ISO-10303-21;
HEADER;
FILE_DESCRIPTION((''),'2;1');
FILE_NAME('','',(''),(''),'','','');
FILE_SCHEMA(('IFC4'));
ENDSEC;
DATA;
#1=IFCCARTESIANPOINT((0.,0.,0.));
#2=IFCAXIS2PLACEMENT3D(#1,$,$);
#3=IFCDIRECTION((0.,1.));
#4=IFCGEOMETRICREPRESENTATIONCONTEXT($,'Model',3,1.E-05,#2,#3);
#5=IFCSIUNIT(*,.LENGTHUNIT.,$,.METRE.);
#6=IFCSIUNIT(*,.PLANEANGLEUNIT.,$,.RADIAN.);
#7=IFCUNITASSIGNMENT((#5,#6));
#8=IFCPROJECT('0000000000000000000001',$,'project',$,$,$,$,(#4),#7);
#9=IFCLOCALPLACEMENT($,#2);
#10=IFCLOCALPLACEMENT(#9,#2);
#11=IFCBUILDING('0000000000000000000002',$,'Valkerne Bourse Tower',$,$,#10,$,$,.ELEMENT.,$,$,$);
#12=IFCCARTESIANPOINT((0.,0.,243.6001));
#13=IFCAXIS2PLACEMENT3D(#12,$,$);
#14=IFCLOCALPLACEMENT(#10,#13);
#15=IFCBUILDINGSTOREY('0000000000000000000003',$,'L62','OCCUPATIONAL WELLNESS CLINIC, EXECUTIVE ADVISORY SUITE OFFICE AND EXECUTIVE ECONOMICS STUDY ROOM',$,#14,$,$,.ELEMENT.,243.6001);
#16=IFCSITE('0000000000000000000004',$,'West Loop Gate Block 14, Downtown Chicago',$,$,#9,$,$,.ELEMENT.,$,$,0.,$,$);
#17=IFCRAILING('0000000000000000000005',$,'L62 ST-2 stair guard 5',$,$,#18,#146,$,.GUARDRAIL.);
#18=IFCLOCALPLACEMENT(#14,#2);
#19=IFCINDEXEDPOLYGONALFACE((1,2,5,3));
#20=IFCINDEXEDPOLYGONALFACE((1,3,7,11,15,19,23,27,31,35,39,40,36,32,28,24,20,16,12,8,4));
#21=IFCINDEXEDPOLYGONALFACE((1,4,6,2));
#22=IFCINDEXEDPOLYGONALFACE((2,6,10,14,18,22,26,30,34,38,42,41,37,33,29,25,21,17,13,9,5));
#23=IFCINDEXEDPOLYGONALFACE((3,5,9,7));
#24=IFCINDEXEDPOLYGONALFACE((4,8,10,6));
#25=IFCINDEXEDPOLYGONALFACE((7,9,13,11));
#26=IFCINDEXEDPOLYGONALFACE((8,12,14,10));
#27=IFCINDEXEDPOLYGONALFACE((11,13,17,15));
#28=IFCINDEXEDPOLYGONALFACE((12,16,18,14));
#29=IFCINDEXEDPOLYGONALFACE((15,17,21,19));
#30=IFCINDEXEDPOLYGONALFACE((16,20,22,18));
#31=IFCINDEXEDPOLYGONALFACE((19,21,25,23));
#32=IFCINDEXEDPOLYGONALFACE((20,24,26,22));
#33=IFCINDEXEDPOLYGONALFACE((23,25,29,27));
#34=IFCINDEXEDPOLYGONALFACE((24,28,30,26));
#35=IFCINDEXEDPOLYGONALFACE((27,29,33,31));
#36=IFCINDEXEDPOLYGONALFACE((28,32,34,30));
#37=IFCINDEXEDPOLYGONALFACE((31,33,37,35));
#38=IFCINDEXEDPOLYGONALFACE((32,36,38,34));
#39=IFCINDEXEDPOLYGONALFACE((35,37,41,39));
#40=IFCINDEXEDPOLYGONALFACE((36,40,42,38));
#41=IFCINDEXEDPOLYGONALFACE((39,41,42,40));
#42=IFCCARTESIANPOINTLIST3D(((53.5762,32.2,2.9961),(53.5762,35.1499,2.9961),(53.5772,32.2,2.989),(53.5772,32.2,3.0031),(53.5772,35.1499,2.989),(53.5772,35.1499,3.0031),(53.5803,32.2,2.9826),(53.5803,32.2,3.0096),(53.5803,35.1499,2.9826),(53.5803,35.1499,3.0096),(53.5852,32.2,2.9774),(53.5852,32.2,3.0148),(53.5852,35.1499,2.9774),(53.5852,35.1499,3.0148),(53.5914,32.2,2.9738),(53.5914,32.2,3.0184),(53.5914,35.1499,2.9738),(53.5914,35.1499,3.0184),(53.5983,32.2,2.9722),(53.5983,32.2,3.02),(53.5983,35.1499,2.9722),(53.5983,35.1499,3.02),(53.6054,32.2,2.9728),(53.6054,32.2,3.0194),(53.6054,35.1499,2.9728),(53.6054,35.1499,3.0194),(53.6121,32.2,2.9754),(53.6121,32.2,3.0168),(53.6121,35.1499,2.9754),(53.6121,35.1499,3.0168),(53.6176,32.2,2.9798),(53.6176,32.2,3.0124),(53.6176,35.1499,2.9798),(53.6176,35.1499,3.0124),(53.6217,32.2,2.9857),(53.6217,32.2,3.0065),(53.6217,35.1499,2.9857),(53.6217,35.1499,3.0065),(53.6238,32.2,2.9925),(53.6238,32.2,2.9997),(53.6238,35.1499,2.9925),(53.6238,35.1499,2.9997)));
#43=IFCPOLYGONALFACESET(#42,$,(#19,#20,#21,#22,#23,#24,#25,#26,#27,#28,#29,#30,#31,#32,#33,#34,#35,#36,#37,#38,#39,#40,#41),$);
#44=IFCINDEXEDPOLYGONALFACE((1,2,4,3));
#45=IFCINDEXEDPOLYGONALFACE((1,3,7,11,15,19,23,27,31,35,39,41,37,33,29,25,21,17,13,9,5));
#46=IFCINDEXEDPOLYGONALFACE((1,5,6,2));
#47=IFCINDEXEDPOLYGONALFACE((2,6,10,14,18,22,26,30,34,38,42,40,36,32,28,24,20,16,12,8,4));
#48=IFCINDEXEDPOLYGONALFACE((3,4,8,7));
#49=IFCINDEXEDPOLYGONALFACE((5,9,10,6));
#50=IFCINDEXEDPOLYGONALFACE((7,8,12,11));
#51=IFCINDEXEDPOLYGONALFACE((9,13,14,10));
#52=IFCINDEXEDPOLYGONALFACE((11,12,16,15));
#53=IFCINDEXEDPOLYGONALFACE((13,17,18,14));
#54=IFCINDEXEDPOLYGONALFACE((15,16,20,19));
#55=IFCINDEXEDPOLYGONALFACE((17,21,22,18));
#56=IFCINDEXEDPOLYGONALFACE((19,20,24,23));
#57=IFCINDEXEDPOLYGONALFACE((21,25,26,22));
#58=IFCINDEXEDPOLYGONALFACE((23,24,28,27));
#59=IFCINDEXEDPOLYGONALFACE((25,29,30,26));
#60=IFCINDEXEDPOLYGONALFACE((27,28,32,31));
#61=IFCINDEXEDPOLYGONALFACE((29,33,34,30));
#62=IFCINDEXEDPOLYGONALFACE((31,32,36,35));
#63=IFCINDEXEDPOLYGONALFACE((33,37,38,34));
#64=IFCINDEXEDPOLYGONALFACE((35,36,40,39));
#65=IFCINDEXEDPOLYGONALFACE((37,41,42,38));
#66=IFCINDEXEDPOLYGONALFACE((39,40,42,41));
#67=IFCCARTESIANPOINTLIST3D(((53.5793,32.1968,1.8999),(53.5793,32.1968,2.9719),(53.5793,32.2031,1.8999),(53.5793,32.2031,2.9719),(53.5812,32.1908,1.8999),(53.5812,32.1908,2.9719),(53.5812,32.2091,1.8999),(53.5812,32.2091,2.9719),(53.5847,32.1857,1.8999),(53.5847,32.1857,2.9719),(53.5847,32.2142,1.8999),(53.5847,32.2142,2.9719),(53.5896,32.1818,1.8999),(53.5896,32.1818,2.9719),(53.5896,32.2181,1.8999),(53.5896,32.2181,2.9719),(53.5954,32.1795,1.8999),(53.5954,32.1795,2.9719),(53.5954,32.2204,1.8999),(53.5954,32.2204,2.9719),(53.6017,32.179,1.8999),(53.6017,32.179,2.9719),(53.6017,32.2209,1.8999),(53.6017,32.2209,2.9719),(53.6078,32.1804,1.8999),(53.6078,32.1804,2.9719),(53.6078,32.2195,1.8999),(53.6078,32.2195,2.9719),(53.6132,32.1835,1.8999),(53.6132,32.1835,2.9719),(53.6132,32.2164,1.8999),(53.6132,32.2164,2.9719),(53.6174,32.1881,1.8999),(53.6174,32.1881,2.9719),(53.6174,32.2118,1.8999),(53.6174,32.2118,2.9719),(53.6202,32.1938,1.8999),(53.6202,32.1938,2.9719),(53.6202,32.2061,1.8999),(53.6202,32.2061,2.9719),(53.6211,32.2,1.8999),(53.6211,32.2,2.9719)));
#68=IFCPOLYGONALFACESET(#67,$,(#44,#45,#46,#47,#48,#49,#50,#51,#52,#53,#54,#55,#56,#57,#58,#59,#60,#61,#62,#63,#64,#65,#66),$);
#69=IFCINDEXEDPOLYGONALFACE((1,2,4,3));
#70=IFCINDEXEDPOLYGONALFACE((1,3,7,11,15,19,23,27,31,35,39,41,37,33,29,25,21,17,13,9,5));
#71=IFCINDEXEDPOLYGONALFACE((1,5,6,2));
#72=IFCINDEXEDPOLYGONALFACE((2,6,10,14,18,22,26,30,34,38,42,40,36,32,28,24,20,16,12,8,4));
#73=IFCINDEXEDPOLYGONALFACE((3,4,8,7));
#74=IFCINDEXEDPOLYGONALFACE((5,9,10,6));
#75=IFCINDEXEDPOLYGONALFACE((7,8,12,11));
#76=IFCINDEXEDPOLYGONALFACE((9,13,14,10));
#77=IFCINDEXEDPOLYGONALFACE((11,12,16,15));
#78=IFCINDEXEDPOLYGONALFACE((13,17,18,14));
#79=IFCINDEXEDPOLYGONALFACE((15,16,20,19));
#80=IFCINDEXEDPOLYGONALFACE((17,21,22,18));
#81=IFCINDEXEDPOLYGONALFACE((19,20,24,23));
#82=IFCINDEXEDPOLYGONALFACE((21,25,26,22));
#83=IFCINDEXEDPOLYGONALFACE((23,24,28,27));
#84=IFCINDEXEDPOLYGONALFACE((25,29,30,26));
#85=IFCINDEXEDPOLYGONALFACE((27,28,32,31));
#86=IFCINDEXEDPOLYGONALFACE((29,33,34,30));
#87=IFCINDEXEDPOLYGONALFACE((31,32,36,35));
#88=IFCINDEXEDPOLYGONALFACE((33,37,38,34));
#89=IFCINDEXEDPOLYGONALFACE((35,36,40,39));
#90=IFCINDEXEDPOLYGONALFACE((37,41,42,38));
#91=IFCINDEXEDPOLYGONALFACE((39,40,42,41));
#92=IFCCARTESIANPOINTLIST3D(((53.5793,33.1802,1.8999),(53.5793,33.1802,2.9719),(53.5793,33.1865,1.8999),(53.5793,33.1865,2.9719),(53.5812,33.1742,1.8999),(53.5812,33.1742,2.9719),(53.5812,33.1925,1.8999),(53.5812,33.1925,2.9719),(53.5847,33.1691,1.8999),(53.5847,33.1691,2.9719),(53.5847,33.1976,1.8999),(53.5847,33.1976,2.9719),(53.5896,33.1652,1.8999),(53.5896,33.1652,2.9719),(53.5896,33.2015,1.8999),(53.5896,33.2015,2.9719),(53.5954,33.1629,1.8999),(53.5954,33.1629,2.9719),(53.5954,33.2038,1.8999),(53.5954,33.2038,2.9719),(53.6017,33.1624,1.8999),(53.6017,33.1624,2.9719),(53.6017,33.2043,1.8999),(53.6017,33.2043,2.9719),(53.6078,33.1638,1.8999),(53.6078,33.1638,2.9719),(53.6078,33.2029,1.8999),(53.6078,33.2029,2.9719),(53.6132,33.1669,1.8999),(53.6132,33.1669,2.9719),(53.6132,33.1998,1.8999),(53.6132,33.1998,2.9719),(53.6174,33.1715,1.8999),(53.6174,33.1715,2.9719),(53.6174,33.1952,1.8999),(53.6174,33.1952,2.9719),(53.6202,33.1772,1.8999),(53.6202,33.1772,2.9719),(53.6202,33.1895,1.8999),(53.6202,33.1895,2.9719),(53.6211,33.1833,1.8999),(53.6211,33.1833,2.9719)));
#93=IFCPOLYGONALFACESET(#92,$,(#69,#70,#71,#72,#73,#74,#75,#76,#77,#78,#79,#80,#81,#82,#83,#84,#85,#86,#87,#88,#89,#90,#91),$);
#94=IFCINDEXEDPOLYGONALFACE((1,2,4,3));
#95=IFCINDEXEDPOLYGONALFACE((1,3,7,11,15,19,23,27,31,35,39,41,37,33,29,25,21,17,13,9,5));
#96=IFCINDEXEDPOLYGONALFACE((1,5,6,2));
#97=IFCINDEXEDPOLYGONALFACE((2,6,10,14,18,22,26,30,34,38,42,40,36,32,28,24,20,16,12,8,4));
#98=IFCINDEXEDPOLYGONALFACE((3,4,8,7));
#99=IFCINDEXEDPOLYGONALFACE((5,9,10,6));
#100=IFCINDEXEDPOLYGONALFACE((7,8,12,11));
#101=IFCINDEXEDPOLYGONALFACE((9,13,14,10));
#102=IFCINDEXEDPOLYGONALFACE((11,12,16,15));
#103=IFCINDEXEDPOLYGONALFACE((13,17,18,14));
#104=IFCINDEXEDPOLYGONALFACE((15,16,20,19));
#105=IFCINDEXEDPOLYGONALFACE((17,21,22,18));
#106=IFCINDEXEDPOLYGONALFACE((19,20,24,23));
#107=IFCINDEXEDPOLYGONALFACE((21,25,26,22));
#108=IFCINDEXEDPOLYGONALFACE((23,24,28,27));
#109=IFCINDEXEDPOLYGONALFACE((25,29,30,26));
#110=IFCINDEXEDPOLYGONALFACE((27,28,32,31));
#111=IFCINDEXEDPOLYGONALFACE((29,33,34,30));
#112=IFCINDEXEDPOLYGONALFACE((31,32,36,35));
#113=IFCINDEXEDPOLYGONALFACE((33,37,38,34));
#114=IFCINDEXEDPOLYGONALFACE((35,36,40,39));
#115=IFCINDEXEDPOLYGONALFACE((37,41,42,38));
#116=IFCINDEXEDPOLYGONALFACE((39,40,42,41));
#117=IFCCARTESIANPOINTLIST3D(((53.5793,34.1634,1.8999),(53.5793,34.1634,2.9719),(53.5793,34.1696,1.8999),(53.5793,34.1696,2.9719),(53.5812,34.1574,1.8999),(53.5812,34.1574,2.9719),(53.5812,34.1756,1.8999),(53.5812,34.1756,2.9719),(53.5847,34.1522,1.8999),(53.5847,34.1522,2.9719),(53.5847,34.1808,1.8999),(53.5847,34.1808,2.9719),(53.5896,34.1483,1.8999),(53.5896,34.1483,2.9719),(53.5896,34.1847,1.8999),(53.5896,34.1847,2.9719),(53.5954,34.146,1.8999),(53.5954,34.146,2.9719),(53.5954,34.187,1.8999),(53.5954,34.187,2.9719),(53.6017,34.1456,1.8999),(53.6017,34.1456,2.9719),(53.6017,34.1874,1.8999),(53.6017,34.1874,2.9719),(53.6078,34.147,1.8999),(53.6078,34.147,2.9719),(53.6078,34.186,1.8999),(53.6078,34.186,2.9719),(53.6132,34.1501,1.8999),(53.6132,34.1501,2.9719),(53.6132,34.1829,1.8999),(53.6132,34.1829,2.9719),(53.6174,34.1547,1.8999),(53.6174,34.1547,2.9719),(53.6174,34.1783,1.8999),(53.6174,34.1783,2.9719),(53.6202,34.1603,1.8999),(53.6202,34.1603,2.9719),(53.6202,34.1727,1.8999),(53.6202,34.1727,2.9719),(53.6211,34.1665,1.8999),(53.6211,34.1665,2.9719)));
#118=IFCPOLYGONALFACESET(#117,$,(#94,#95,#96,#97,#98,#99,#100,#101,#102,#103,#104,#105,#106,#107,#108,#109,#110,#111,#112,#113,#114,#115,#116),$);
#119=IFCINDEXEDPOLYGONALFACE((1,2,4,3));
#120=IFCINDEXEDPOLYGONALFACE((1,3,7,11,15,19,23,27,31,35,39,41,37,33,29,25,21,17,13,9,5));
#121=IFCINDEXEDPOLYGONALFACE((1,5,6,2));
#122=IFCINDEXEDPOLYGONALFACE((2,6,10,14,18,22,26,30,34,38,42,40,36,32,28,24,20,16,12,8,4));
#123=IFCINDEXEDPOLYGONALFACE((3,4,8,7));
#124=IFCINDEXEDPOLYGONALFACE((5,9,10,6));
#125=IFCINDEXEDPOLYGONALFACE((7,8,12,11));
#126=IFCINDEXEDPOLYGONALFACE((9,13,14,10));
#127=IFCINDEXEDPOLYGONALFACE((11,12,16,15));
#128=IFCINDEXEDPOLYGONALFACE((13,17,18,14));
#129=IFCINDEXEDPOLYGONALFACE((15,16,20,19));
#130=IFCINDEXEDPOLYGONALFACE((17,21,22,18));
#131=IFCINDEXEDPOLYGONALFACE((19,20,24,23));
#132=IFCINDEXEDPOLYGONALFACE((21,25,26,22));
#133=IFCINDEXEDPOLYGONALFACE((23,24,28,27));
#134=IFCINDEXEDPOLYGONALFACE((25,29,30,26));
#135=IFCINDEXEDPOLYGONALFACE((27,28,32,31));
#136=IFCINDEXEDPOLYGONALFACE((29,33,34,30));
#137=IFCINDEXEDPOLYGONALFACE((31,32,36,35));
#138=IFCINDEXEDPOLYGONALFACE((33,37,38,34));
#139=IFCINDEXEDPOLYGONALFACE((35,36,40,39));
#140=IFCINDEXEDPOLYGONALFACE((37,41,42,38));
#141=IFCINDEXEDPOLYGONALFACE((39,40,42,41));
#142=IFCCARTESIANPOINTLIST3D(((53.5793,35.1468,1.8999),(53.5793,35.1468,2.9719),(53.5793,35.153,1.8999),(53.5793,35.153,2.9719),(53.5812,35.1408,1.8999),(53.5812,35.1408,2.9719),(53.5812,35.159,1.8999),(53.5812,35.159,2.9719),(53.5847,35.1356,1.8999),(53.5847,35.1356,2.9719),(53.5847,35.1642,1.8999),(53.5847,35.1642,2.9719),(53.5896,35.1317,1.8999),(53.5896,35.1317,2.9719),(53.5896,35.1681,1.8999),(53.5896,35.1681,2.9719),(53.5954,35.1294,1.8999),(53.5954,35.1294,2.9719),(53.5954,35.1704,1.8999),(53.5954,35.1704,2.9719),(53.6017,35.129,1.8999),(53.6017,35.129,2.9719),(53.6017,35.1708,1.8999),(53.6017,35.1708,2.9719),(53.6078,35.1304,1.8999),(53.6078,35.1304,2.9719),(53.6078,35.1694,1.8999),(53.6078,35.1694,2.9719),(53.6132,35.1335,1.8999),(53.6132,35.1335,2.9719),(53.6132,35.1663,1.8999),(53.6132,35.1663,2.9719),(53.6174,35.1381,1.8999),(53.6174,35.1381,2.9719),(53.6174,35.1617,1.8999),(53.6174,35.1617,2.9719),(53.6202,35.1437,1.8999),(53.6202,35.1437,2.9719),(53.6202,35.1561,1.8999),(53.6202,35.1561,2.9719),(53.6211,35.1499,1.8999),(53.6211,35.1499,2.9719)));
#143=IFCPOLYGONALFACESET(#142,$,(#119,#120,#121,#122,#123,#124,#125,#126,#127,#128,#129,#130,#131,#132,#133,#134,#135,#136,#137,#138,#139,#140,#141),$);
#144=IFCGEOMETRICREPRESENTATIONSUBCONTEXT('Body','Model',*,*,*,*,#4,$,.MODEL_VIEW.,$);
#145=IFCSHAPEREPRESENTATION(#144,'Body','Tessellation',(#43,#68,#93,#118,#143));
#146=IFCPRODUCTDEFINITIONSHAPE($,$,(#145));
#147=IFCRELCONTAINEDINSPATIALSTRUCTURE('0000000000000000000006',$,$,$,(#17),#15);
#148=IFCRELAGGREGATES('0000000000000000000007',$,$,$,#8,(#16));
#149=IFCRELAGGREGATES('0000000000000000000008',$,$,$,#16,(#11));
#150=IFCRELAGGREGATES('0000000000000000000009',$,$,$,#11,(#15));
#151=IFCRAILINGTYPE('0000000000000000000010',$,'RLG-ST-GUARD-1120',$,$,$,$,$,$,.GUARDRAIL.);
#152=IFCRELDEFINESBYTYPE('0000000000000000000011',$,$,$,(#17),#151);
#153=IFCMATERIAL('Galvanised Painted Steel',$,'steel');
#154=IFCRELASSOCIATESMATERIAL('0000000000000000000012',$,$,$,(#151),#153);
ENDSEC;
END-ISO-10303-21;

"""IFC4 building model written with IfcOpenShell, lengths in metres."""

from ifc_helpers import new_model, si_unit, direction, frame, origin, origin_2d, place, context, subcontext, project, spatial, circle, extrude, material, type_object, element, save


model = new_model("IFC4")

# Units and contexts
model_context = context("Model", 3, precision=1e-05, world=origin(), true_north=direction((0.0, 1.0)))
body_context = subcontext(model_context, "Body", "Model", "MODEL_VIEW")
ifc_project = project(units=[si_unit("LENGTHUNIT", "METRE"), si_unit("PLANEANGLEUNIT", "RADIAN")], contexts=[model_context])

# Site, building, storey
site_placement = place(None, origin())
site = spatial("IfcSite", under=ifc_project, at=site_placement, Name="West Loop Gate Block 14, Downtown Chicago", CompositionType="ELEMENT", RefElevation=0.0)
building_placement = place(site_placement, origin())
building = spatial("IfcBuilding", under=site, at=building_placement, Name="Valkerne Bourse Tower", CompositionType="ELEMENT")
storey_placement = place(building_placement, frame((0.0, 0.0, 243.6001)))
storey = spatial("IfcBuildingStorey", under=building, at=storey_placement, Name="L62", Description="OCCUPATIONAL WELLNESS CLINIC, EXECUTIVE ADVISORY SUITE OFFICE AND EXECUTIVE ECONOMICS STUDY ROOM", CompositionType="ELEMENT", Elevation=243.6001)

# Railing
ifc_material_1 = material(Name="Galvanised Painted Steel", Category="steel")
railing_type = type_object("IfcRailingType", Name="RLG-ST-GUARD-1120", PredefinedType="GUARDRAIL", material=ifc_material_1)
railing_placement = place(storey_placement, frame((53.6001, 32.2, 1.8999)))
element("IfcRailing", 1, at=railing_placement, inside=storey, type_object=railing_type, Name="L62 ST-2 stair guard 5", PredefinedType="GUARDRAIL", context=body_context, shape_type="SweptSolid", body=[
    extrude(circle(Radius=0.0239, at=origin_2d()), frame((0.0, 0.0, 1.0962), z_axis=(0.0, 1.0, 0.0), x_axis=(-1.0, 0.0, 0.0)), (0.0, 0.0, 1.0), 2.95),
    extrude(circle(Radius=0.021, at=origin_2d()), origin(), (0.0, 0.0, 1.0), 1.072),
    extrude(circle(Radius=0.021, at=origin_2d()), frame((0.0, 0.9834, 0.0)), (0.0, 0.0, 1.0), 1.072),
    extrude(circle(Radius=0.021, at=origin_2d()), frame((0.0, 1.9666, 0.0)), (0.0, 0.0, 1.0), 1.072),
    extrude(circle(Radius=0.021, at=origin_2d()), frame((0.0, 2.95, 0.0)), (0.0, 0.0, 1.0), 1.072),
])

save(model, "model.ifc")
